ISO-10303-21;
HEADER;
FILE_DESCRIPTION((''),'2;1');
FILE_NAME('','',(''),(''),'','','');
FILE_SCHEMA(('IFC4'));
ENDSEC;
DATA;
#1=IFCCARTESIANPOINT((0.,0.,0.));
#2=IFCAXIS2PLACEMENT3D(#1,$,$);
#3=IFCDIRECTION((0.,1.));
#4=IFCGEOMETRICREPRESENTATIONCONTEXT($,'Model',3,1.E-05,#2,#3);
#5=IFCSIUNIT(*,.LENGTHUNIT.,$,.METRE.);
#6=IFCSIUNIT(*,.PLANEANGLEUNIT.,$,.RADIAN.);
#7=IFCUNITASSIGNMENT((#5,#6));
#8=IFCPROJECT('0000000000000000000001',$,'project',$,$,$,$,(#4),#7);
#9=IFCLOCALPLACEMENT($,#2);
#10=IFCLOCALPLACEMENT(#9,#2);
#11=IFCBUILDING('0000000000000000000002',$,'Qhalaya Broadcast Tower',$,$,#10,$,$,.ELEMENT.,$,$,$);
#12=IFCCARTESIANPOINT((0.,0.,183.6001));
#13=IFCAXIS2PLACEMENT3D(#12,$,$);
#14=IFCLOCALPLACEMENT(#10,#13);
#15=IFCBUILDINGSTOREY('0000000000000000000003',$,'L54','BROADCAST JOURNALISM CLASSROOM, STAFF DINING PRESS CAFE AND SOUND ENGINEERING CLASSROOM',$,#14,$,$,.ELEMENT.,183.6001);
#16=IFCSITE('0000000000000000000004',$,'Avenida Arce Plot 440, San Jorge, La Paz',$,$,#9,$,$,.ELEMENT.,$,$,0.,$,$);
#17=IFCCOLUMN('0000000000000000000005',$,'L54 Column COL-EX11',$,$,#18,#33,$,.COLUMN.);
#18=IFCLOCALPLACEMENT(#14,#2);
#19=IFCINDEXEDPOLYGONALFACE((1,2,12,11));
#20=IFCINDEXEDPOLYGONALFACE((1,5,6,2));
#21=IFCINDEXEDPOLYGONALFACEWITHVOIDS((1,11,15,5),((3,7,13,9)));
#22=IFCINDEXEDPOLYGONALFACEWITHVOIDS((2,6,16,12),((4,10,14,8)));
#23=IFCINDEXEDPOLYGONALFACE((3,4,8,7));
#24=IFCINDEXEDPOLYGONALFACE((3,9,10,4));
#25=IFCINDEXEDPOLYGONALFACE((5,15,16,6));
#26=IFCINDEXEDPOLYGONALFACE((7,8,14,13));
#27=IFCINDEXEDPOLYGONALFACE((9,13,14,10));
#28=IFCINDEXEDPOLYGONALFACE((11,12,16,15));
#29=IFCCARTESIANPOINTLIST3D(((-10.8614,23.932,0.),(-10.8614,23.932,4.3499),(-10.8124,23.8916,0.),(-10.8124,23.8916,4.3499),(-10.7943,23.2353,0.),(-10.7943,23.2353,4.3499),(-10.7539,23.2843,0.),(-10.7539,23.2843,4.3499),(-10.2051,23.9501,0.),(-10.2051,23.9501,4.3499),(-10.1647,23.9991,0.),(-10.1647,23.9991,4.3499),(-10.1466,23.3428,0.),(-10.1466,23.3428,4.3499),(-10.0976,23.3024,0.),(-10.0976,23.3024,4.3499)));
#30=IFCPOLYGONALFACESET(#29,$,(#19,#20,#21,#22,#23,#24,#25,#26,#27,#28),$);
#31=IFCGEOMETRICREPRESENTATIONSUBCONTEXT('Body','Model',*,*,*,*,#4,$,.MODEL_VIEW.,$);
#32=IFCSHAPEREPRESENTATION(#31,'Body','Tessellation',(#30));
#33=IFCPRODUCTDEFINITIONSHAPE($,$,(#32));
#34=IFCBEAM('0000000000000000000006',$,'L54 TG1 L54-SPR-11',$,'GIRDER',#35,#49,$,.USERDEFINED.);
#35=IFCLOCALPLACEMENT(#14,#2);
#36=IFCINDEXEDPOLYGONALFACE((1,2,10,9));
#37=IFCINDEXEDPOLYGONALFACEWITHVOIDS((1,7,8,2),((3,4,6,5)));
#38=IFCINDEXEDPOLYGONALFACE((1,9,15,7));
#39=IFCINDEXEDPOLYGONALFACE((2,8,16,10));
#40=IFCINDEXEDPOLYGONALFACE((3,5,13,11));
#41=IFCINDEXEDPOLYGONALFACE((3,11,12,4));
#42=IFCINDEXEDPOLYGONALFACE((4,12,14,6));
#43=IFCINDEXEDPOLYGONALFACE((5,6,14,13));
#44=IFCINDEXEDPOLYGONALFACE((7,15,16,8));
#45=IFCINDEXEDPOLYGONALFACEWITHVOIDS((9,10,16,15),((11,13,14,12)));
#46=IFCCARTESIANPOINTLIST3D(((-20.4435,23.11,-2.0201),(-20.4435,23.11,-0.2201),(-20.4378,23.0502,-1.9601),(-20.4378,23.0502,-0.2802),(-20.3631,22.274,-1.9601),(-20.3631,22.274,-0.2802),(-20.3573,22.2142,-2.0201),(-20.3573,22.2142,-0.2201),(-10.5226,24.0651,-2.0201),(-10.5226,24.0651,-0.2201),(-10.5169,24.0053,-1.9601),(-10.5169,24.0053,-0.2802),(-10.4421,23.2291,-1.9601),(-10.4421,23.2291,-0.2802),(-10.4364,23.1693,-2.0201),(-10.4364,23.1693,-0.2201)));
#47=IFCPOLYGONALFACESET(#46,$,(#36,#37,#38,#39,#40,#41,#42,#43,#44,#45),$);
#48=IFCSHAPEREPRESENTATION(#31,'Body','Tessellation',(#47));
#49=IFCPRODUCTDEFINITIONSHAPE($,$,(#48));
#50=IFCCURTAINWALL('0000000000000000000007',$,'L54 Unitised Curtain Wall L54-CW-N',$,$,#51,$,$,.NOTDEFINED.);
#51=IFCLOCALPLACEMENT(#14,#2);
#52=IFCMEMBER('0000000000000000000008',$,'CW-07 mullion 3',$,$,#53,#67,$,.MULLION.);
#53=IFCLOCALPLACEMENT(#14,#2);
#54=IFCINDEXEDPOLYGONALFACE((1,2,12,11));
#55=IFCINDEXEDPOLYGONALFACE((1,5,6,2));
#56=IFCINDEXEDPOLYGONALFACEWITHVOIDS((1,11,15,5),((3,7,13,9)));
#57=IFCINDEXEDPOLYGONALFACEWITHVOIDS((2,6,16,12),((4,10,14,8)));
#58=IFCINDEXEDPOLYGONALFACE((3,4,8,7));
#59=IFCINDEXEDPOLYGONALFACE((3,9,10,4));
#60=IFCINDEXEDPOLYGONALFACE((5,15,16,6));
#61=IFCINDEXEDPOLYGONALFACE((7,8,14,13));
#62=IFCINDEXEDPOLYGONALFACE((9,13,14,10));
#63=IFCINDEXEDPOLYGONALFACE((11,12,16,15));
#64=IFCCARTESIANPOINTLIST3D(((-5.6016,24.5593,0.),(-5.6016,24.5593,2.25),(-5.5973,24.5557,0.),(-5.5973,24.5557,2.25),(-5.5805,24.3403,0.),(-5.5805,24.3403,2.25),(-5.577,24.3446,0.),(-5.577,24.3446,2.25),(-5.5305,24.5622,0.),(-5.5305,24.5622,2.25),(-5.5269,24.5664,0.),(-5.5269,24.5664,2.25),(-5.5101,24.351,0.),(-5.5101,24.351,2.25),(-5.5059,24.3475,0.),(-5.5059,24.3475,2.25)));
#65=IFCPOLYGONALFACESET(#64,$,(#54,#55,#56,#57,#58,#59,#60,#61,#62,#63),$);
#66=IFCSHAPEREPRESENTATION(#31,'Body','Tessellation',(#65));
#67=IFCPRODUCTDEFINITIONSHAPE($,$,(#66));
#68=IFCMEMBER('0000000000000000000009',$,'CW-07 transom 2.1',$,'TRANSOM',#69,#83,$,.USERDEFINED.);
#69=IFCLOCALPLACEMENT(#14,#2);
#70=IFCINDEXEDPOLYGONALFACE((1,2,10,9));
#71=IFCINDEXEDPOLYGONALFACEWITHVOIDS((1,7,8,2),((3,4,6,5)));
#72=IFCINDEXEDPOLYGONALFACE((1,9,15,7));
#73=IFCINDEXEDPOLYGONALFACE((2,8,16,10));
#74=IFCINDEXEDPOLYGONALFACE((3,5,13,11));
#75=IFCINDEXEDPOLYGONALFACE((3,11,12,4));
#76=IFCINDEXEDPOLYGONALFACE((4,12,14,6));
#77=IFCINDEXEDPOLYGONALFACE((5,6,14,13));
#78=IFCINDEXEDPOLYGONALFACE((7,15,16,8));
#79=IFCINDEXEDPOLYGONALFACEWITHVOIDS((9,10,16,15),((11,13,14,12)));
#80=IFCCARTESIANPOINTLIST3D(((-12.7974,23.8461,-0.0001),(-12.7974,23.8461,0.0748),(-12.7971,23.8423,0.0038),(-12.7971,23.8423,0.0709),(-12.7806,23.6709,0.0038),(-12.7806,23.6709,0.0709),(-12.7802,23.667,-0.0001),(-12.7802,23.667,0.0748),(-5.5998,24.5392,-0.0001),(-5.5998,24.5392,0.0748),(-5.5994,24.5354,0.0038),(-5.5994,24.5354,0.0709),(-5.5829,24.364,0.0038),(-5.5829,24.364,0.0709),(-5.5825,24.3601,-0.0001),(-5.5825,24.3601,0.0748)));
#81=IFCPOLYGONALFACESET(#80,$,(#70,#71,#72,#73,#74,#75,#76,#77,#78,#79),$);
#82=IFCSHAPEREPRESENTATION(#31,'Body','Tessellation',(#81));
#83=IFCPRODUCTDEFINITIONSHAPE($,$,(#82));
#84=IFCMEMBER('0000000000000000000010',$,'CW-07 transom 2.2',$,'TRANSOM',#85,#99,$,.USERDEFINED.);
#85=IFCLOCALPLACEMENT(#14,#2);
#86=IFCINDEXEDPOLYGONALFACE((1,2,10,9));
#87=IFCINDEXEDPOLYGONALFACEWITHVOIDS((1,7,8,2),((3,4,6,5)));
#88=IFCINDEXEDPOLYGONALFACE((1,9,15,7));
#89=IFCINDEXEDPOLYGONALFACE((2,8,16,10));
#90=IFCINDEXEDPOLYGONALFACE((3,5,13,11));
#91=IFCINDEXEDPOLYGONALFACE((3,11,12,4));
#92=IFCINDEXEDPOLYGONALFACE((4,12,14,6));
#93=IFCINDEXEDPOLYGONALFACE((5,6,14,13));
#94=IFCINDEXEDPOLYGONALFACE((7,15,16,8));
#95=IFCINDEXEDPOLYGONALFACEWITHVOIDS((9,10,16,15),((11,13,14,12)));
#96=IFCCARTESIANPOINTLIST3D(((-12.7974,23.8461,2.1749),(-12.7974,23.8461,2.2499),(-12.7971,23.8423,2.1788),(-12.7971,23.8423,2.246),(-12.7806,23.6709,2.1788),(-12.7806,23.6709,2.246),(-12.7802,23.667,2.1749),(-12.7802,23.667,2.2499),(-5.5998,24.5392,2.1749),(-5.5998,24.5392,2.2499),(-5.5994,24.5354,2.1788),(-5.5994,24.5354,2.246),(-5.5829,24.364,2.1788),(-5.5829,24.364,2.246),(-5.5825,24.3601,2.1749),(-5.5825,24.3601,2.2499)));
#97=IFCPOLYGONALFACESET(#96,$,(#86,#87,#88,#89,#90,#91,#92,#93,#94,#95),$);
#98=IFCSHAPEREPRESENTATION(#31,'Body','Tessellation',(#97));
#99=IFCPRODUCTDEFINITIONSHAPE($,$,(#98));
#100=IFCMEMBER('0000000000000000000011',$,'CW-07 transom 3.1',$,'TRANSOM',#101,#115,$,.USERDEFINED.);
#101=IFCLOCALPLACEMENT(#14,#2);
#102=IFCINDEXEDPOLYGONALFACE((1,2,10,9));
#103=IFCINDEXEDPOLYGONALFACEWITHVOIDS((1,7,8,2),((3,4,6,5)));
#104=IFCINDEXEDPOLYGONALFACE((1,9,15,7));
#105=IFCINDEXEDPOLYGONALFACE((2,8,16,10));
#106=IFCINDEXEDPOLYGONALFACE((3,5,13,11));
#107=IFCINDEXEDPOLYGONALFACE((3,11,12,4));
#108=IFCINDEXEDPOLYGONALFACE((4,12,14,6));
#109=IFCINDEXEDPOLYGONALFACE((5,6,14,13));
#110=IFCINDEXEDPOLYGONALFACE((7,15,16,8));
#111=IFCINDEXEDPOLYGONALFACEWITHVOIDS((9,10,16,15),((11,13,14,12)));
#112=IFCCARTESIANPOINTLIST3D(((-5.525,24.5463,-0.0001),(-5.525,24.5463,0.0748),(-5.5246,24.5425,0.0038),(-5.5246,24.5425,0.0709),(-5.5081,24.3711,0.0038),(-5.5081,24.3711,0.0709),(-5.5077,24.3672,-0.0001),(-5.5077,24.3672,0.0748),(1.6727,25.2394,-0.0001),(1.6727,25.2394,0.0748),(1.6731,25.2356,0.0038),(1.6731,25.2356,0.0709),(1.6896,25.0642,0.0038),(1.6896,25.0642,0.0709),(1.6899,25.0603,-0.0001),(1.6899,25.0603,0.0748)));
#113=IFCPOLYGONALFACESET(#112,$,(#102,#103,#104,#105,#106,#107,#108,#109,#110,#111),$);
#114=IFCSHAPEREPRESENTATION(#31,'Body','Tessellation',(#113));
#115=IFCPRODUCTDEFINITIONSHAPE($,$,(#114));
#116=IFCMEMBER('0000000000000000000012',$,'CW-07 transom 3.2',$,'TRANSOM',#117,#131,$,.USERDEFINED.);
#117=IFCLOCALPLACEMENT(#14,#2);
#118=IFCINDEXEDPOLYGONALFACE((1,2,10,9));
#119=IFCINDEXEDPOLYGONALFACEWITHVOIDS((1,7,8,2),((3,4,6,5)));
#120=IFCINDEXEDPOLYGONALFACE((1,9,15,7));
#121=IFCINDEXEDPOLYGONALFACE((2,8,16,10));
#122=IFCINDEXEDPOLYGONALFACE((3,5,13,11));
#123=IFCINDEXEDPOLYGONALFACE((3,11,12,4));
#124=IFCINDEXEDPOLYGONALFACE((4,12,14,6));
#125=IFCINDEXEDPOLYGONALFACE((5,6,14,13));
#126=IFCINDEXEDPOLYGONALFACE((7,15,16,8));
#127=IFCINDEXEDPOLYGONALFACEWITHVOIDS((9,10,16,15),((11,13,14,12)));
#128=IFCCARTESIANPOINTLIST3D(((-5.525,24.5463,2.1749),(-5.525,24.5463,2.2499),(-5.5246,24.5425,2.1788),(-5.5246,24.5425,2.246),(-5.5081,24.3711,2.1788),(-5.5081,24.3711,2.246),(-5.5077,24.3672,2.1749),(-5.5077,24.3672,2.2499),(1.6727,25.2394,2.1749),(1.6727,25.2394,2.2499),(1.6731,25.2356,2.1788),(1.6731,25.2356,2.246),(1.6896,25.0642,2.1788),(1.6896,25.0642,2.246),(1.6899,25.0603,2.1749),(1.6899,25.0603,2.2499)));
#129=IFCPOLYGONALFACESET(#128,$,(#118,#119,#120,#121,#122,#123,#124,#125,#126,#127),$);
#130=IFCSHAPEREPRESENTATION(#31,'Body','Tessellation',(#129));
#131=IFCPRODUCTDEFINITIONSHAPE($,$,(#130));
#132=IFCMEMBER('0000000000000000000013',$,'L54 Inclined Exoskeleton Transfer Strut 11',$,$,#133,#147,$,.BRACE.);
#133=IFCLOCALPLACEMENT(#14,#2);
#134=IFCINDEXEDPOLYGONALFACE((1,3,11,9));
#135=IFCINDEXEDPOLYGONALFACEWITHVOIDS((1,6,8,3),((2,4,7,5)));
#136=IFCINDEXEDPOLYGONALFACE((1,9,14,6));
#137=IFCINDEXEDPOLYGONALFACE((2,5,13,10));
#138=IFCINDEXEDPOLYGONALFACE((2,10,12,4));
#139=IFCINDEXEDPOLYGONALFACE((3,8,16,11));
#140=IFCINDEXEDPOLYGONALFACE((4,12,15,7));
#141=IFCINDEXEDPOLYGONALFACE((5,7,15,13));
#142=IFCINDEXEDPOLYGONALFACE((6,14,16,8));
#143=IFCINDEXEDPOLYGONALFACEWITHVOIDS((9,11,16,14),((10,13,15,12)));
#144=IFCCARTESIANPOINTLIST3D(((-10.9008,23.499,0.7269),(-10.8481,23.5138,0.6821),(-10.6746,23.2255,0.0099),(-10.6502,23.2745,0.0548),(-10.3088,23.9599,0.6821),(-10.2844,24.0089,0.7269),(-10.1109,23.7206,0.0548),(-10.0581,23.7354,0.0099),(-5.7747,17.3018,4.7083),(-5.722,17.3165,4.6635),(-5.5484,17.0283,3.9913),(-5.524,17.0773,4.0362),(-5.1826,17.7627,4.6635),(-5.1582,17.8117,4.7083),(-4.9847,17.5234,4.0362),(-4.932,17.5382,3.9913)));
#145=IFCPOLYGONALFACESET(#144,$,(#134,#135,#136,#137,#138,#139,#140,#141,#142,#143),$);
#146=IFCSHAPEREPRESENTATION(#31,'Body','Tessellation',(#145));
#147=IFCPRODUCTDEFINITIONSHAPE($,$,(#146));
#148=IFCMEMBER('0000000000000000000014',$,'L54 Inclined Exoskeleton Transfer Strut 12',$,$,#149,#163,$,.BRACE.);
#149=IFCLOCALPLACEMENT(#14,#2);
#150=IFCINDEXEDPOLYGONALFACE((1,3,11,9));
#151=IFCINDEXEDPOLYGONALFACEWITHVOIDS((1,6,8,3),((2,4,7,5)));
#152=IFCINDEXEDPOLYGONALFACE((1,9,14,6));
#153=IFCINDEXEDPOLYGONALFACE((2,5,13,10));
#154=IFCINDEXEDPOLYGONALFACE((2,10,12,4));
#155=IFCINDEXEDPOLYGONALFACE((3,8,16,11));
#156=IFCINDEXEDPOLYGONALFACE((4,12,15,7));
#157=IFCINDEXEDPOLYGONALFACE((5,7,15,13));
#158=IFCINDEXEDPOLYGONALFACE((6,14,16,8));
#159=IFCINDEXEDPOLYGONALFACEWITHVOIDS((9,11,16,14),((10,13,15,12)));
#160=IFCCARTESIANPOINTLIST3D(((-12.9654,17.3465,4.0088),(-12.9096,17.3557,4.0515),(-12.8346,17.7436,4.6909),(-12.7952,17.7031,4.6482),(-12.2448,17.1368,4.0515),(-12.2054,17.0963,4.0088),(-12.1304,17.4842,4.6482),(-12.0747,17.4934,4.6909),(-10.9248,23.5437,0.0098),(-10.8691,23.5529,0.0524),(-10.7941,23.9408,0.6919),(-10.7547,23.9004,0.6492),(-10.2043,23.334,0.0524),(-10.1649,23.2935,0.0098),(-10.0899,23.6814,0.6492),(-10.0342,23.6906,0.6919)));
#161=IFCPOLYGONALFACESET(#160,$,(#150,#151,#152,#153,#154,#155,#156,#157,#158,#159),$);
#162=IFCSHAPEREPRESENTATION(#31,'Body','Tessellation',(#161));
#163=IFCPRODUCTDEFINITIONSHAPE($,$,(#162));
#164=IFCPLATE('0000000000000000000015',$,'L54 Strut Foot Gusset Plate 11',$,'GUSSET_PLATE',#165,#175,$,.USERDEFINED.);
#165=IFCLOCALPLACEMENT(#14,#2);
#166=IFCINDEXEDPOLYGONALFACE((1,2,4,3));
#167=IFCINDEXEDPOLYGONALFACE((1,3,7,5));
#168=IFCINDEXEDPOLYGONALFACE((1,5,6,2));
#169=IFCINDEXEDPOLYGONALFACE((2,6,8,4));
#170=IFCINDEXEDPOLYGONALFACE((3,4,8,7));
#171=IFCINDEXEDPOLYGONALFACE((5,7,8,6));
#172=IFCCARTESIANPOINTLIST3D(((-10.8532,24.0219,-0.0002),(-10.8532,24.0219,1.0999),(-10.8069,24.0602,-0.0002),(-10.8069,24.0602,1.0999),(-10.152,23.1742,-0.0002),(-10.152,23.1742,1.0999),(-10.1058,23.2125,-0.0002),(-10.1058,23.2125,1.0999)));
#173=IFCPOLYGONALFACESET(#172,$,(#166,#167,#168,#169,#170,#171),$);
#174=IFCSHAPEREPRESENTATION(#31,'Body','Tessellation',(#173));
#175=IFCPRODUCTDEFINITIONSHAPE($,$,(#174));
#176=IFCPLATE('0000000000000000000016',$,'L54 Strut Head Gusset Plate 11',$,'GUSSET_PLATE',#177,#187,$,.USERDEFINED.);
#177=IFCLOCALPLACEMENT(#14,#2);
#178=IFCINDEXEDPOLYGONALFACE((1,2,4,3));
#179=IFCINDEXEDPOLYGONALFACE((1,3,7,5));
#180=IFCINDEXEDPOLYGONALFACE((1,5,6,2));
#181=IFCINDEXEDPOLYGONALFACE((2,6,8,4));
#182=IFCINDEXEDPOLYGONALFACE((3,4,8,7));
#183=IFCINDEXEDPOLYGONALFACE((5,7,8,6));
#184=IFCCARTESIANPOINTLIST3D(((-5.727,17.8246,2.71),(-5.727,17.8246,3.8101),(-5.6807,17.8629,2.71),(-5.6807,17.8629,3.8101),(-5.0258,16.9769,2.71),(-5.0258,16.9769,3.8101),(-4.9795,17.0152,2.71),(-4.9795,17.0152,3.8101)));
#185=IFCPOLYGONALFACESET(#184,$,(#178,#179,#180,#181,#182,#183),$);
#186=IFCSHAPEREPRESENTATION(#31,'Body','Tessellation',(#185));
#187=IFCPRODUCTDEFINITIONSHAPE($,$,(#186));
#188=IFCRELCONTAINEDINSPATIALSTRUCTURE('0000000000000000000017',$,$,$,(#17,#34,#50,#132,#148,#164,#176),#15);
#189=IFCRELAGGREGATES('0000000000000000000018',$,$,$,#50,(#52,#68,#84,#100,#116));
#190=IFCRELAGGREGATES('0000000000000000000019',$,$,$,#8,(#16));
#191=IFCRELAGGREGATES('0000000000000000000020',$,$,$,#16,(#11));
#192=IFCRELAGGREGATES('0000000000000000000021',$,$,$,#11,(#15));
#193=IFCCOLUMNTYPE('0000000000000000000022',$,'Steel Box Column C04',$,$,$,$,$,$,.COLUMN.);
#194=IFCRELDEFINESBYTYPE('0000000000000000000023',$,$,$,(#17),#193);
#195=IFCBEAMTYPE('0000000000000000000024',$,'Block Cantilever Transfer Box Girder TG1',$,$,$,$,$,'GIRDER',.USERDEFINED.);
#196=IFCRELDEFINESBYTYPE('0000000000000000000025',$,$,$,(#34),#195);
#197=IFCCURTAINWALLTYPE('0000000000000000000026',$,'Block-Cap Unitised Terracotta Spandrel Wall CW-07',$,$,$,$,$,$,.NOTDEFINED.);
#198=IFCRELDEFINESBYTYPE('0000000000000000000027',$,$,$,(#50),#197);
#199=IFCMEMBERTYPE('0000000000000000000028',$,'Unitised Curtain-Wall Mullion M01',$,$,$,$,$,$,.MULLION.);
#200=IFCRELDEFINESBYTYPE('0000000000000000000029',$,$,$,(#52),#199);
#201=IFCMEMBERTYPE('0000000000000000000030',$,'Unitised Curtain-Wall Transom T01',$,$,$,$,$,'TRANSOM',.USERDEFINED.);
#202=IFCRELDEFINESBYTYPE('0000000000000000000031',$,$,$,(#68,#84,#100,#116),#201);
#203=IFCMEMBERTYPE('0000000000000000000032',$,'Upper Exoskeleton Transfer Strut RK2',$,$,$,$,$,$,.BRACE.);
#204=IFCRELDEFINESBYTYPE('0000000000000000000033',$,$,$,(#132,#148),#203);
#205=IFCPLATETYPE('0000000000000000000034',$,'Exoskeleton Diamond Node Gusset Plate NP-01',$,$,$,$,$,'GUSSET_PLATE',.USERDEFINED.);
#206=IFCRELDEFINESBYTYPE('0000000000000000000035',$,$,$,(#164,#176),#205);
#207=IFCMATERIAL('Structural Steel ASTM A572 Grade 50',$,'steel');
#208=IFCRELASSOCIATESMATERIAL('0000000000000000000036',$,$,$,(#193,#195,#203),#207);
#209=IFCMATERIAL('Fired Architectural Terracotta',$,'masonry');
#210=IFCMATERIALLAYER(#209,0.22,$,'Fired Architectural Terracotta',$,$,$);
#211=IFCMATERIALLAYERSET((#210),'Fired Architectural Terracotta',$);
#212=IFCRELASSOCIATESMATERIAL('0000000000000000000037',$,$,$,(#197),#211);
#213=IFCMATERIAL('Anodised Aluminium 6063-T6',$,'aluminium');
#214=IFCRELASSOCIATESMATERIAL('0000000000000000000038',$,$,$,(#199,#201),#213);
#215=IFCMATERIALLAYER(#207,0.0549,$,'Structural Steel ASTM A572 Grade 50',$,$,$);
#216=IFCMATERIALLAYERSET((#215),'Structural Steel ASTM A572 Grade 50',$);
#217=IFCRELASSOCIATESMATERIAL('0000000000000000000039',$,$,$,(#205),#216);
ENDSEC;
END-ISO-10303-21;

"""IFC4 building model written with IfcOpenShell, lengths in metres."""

from ifc_helpers import new_model, si_unit, direction, frame, origin, origin_2d, place, context, subcontext, project, spatial, rectangle, hollow_rectangle, extrude, material, layer, layer_set, material_profile, profile_set, type_object, element, aggregate, save


model = new_model("IFC4")

# Units and contexts
model_context = context("Model", 3, precision=1e-05, world=origin(), true_north=direction((0.0, 1.0)))
body_context = subcontext(model_context, "Body", "Model", "MODEL_VIEW")
ifc_project = project(units=[si_unit("LENGTHUNIT", "METRE"), si_unit("PLANEANGLEUNIT", "RADIAN")], contexts=[model_context])

# Site, building, storey
site_placement = place(None, origin())
site = spatial("IfcSite", under=ifc_project, at=site_placement, Name="Avenida Arce Plot 440, San Jorge, La Paz", CompositionType="ELEMENT", RefElevation=0.0)
building_placement = place(site_placement, origin())
building = spatial("IfcBuilding", under=site, at=building_placement, Name="Qhalaya Broadcast Tower", CompositionType="ELEMENT")
storey_placement = place(building_placement, frame((0.0, 0.0, 183.6001)))
storey = spatial("IfcBuildingStorey", under=building, at=storey_placement, Name="L54", Description="BROADCAST JOURNALISM CLASSROOM, STAFF DINING PRESS CAFE AND SOUND ENGINEERING CLASSROOM", CompositionType="ELEMENT", Elevation=183.6001)

# Column
ifc_material_1 = material(Name="Structural Steel ASTM A572 Grade 50", Category="steel")
ifc_material_profile_1 = material_profile(ifc_material_1, hollow_rectangle(XDim=0.7, YDim=0.7, WallThickness=0.0449, at=origin_2d()), Name="BOX 700x700x45")
ifc_profile_set_1 = profile_set([ifc_material_profile_1], Name="Structural Steel ASTM A572 Grade 50")
column_type = type_object("IfcColumnType", Name="Steel Box Column C04", PredefinedType="COLUMN", material=ifc_profile_set_1)
column_placement = place(storey_placement, frame((-10.4795, 23.6172, 0.0), z_axis=(0.0, 0.0, 1.0), x_axis=(0.995396, 0.095846, 0.0)))
element("IfcColumn", 1, at=column_placement, inside=storey, type_object=column_type, Name="L54 Column COL-EX11", PredefinedType="COLUMN", context=body_context, shape_type="SweptSolid", body=[
    extrude(hollow_rectangle(XDim=0.7, YDim=0.7, WallThickness=0.0449, at=origin_2d()), origin(), (0.0, 0.0, 1.0), 4.3499),
])

# Beam
ifc_material_profile_2 = material_profile(ifc_material_1, hollow_rectangle(XDim=0.8999, YDim=1.8, WallThickness=0.0601, at=origin_2d()), Name="BOX 900x1800x60")
ifc_profile_set_2 = profile_set([ifc_material_profile_2], Name="Structural Steel ASTM A572 Grade 50")
beam_type = type_object("IfcBeamType", Name="Block Cantilever Transfer Box Girder TG1", ElementType="GIRDER", PredefinedType="USERDEFINED", material=ifc_profile_set_2)
beam_placement = place(storey_placement, frame((-10.4795, 23.6172, -1.1201), z_axis=(-0.995398, -0.095826, 0.0), x_axis=(0.095826, -0.995398, 0.0)))
element("IfcBeam", 2, at=beam_placement, inside=storey, type_object=beam_type, Name="L54 TG1 L54-SPR-11", ObjectType="GIRDER", PredefinedType="USERDEFINED", context=body_context, shape_type="SweptSolid", body=[
    extrude(hollow_rectangle(XDim=0.8999, YDim=1.8, WallThickness=0.0601, at=origin_2d()), origin(), (0.0, 0.0, 1.0), 9.9668),
])

# Curtain wall, members
ifc_material_2 = material(Name="Fired Architectural Terracotta", Category="masonry")
ifc_layer_1 = layer(ifc_material_2, 0.22, Name="Fired Architectural Terracotta")
ifc_layer_set_1 = layer_set([ifc_layer_1], Name="Fired Architectural Terracotta")
curtain_wall_type = type_object("IfcCurtainWallType", Name="Block-Cap Unitised Terracotta Spandrel Wall CW-07", PredefinedType="NOTDEFINED", material=ifc_layer_set_1)
curtain_wall_placement = place(storey_placement, origin())
curtain_wall = element("IfcCurtainWall", 3, at=curtain_wall_placement, inside=storey, type_object=curtain_wall_type, Name="L54 Unitised Curtain Wall L54-CW-N", PredefinedType="NOTDEFINED")
ifc_material_3 = material(Name="Anodised Aluminium 6063-T6", Category="aluminium")
ifc_material_profile_3 = material_profile(ifc_material_3, hollow_rectangle(XDim=0.075, YDim=0.22, WallThickness=0.0039, at=origin_2d()), Name="ALU-MUL 75x220x4")
ifc_profile_set_3 = profile_set([ifc_material_profile_3], Name="Anodised Aluminium 6063-T6")
member_type_1 = type_object("IfcMemberType", Name="Unitised Curtain-Wall Mullion M01", PredefinedType="MULLION", material=ifc_profile_set_3)
member_1_placement = place(storey_placement, frame((-5.5537, 24.4534, 0.0), z_axis=(0.0, 0.0, 1.0), x_axis=(0.995396, 0.095846, 0.0)))
member_1 = element("IfcMember", 4, at=member_1_placement, type_object=member_type_1, Name="CW-07 mullion 3", PredefinedType="MULLION", context=body_context, shape_type="SweptSolid", body=[
    extrude(hollow_rectangle(XDim=0.075, YDim=0.22, WallThickness=0.0039, at=origin_2d()), origin(), (0.0, 0.0, 1.0), 2.25),
])
ifc_material_profile_4 = material_profile(ifc_material_3, hollow_rectangle(XDim=0.075, YDim=0.1799, WallThickness=0.0039, at=origin_2d()), Name="ALU-TRN 75x180x4")
ifc_profile_set_4 = profile_set([ifc_material_profile_4], Name="Anodised Aluminium 6063-T6")
member_type_2 = type_object("IfcMemberType", Name="Unitised Curtain-Wall Transom T01", ElementType="TRANSOM", PredefinedType="USERDEFINED", material=ifc_profile_set_4)
member_2_placement = place(storey_placement, frame((-12.7888, 23.7566, 0.0374), z_axis=(0.995396, 0.095853, 0.0), x_axis=(0.0, 0.0, 1.0)))
member_2 = element("IfcMember", 5, at=member_2_placement, type_object=member_type_2, Name="CW-07 transom 2.1", ObjectType="TRANSOM", PredefinedType="USERDEFINED", context=body_context, shape_type="SweptSolid", body=[
    extrude(hollow_rectangle(XDim=0.075, YDim=0.1799, WallThickness=0.0039, at=origin_2d()), origin(), (0.0, 0.0, 1.0), 7.231),
])
member_3_placement = place(storey_placement, frame((-12.7888, 23.7566, 2.2124), z_axis=(0.995396, 0.095853, 0.0), x_axis=(0.0, 0.0, 1.0)))
member_3 = element("IfcMember", 6, at=member_3_placement, type_object=member_type_2, Name="CW-07 transom 2.2", ObjectType="TRANSOM", PredefinedType="USERDEFINED", context=body_context, shape_type="SweptSolid", body=[
    extrude(hollow_rectangle(XDim=0.075, YDim=0.1799, WallThickness=0.0039, at=origin_2d()), origin(), (0.0, 0.0, 1.0), 7.231),
])
member_4_placement = place(storey_placement, frame((-5.5164, 24.4568, 0.0374), z_axis=(0.995396, 0.095853, 0.0), x_axis=(0.0, 0.0, 1.0)))
member_4 = element("IfcMember", 7, at=member_4_placement, type_object=member_type_2, Name="CW-07 transom 3.1", ObjectType="TRANSOM", PredefinedType="USERDEFINED", context=body_context, shape_type="SweptSolid", body=[
    extrude(hollow_rectangle(XDim=0.075, YDim=0.1799, WallThickness=0.0039, at=origin_2d()), origin(), (0.0, 0.0, 1.0), 7.231),
])
member_5_placement = place(storey_placement, frame((-5.5164, 24.4568, 2.2124), z_axis=(0.995396, 0.095853, 0.0), x_axis=(0.0, 0.0, 1.0)))
member_5 = element("IfcMember", 8, at=member_5_placement, type_object=member_type_2, Name="CW-07 transom 3.2", ObjectType="TRANSOM", PredefinedType="USERDEFINED", context=body_context, shape_type="SweptSolid", body=[
    extrude(hollow_rectangle(XDim=0.075, YDim=0.1799, WallThickness=0.0039, at=origin_2d()), origin(), (0.0, 0.0, 1.0), 7.231),
])

# Members
ifc_material_profile_5 = material_profile(ifc_material_1, hollow_rectangle(XDim=0.8, YDim=0.8, WallThickness=0.05, at=origin_2d()), Name="BOX 800x800x50")
ifc_profile_set_5 = profile_set([ifc_material_profile_5], Name="Structural Steel ASTM A572 Grade 50")
member_type_3 = type_object("IfcMemberType", Name="Upper Exoskeleton Transfer Strut RK2", PredefinedType="BRACE", material=ifc_profile_set_5)
member_6_placement = place(storey_placement, frame((-10.4795, 23.6172, 0.3684), z_axis=(0.571218, -0.690565, 0.443655), x_axis=(0.77055, 0.637379, 0.0)))
element("IfcMember", 9, at=member_6_placement, inside=storey, type_object=member_type_3, Name="L54 Inclined Exoskeleton Transfer Strut 11", PredefinedType="BRACE", context=body_context, shape_type="SweptSolid", body=[
    extrude(hollow_rectangle(XDim=0.8, YDim=0.8, WallThickness=0.05, at=origin_2d()), origin(), (0.0, 0.0, 1.0), 8.9741),
])
member_7_placement = place(storey_placement, frame((-10.4795, 23.6172, 0.3508), z_axis=(-0.266646, -0.809827, 0.522572), x_axis=(0.949837, -0.312746, 0.0)))
element("IfcMember", 10, at=member_7_placement, inside=storey, type_object=member_type_3, Name="L54 Inclined Exoskeleton Transfer Strut 12", PredefinedType="BRACE", context=body_context, shape_type="SweptSolid", body=[
    extrude(hollow_rectangle(XDim=0.8, YDim=0.8, WallThickness=0.05, at=origin_2d()), origin(), (0.0, 0.0, 1.0), 7.6526),
])

# Plates
ifc_layer_2 = layer(ifc_material_1, 0.0549, Name="Structural Steel ASTM A572 Grade 50")
ifc_layer_set_2 = layer_set([ifc_layer_2], Name="Structural Steel ASTM A572 Grade 50")
plate_type_1 = type_object("IfcPlateType", Name="Exoskeleton Diamond Node Gusset Plate NP-01", ElementType="GUSSET_PLATE", PredefinedType="USERDEFINED", material=ifc_layer_set_2)
for number, where, z_axis, x_axis, name in (
    (11, (-10.4795, 23.6172, -0.0002), (0.0, 0.0, 1.0), (0.637384, -0.770547, 0.0), "L54 Strut Foot Gusset Plate 11"),
    (12, (-5.3533, 17.4199, 2.71), (0.0, 0.0, 1.0), (0.637384, -0.770547, 0.0), "L54 Strut Head Gusset Plate 11"),
):
    element("IfcPlate", number, at=place(storey_placement, frame(where, z_axis=z_axis, x_axis=x_axis)), inside=storey, type_object=plate_type_1, Name=name, ObjectType="GUSSET_PLATE", PredefinedType="USERDEFINED", context=body_context, shape_type="SweptSolid", body=[
        extrude(rectangle(XDim=1.1001, YDim=0.0601, at=origin_2d()), origin(), (0.0, 0.0, 1.0), 1.1001),
    ])

aggregate(curtain_wall, [member_1, member_2, member_3, member_4, member_5])

save(model, "model.ifc")
